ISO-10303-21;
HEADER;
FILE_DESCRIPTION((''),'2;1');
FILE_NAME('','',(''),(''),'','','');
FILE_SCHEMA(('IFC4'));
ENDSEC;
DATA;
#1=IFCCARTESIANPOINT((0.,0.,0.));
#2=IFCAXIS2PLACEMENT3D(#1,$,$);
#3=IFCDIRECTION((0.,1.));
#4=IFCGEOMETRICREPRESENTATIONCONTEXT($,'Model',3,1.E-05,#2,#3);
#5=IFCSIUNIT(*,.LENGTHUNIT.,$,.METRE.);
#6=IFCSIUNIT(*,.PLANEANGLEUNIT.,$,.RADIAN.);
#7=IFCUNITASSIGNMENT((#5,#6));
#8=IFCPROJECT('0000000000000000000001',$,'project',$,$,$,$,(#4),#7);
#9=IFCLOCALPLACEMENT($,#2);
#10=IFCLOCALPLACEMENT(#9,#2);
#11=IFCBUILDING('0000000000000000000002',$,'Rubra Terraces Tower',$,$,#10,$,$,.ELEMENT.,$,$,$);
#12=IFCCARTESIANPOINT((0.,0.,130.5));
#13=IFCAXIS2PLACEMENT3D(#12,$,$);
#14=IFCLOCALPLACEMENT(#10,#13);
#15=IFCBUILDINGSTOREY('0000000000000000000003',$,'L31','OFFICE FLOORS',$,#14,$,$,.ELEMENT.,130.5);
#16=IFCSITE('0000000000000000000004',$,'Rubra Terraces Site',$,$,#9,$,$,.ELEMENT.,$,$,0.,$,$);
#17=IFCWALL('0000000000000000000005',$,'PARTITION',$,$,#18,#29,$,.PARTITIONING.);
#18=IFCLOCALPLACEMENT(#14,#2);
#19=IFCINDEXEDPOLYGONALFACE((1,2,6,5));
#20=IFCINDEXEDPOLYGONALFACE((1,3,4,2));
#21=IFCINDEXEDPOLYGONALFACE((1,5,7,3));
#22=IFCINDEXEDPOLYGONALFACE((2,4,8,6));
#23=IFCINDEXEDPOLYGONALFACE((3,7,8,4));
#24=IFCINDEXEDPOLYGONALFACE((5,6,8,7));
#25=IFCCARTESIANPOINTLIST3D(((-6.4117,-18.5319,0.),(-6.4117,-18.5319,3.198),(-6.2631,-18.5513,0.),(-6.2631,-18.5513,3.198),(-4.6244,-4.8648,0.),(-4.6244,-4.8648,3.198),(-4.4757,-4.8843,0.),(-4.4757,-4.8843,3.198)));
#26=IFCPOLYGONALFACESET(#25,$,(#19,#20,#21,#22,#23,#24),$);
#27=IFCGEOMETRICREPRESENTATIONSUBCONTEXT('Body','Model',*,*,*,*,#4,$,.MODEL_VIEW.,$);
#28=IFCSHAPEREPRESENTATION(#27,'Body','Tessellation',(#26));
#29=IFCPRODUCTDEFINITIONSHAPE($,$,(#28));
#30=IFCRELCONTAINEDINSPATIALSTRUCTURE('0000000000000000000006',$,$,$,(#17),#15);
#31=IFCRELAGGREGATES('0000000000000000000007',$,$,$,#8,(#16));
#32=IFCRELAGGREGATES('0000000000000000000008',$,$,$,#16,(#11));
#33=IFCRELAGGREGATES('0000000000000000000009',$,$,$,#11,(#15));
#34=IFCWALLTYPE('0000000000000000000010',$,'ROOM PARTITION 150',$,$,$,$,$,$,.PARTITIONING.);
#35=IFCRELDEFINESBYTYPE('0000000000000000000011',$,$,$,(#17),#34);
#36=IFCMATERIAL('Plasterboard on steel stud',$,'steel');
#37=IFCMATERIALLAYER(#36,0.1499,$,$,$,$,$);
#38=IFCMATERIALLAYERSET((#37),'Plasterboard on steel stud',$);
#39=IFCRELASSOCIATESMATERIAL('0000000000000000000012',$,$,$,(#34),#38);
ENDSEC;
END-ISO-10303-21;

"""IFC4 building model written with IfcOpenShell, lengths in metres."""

from ifc_helpers import new_model, si_unit, direction, frame, frame_2d, origin, place, context, subcontext, project, spatial, rectangle, extrude, material, layer, layer_set, type_object, element, save


model = new_model("IFC4")

# Units and contexts
model_context = context("Model", 3, precision=1e-05, world=origin(), true_north=direction((0.0, 1.0)))
body_context = subcontext(model_context, "Body", "Model", "MODEL_VIEW")
ifc_project = project(units=[si_unit("LENGTHUNIT", "METRE"), si_unit("PLANEANGLEUNIT", "RADIAN")], contexts=[model_context])

# Site, building, storey
site_placement = place(None, origin())
site = spatial("IfcSite", under=ifc_project, at=site_placement, Name="Rubra Terraces Site", CompositionType="ELEMENT", RefElevation=0.0)
building_placement = place(site_placement, origin())
building = spatial("IfcBuilding", under=site, at=building_placement, Name="Rubra Terraces Tower", CompositionType="ELEMENT")
storey_placement = place(building_placement, frame((0.0, 0.0, 130.5)))
storey = spatial("IfcBuildingStorey", under=building, at=storey_placement, Name="L31", Description="OFFICE FLOORS", CompositionType="ELEMENT", Elevation=130.5)

# Wall
ifc_material_1 = material(Name="Plasterboard on steel stud", Category="steel")
ifc_layer_1 = layer(ifc_material_1, 0.1499)
ifc_layer_set_1 = layer_set([ifc_layer_1], Name="Plasterboard on steel stud")
wall_type_1 = type_object("IfcWallType", Name="ROOM PARTITION 150", PredefinedType="PARTITIONING", material=ifc_layer_set_1)
wall_1_placement = place(storey_placement, frame((-6.3374, -18.5415, 0.0), z_axis=(0.0, 0.0, 1.0), x_axis=(0.129675, 0.991557, 0.0)))
element("IfcWall", 1, at=wall_1_placement, inside=storey, type_object=wall_type_1, Name="PARTITION", PredefinedType="PARTITIONING", context=body_context, shape_type="SweptSolid", body=[
    extrude(rectangle(XDim=13.7834, YDim=0.1499, at=frame_2d((6.8916, 0.0))), origin(), (0.0, 0.0, 1.0), 3.198),
])

save(model, "model.ifc")
